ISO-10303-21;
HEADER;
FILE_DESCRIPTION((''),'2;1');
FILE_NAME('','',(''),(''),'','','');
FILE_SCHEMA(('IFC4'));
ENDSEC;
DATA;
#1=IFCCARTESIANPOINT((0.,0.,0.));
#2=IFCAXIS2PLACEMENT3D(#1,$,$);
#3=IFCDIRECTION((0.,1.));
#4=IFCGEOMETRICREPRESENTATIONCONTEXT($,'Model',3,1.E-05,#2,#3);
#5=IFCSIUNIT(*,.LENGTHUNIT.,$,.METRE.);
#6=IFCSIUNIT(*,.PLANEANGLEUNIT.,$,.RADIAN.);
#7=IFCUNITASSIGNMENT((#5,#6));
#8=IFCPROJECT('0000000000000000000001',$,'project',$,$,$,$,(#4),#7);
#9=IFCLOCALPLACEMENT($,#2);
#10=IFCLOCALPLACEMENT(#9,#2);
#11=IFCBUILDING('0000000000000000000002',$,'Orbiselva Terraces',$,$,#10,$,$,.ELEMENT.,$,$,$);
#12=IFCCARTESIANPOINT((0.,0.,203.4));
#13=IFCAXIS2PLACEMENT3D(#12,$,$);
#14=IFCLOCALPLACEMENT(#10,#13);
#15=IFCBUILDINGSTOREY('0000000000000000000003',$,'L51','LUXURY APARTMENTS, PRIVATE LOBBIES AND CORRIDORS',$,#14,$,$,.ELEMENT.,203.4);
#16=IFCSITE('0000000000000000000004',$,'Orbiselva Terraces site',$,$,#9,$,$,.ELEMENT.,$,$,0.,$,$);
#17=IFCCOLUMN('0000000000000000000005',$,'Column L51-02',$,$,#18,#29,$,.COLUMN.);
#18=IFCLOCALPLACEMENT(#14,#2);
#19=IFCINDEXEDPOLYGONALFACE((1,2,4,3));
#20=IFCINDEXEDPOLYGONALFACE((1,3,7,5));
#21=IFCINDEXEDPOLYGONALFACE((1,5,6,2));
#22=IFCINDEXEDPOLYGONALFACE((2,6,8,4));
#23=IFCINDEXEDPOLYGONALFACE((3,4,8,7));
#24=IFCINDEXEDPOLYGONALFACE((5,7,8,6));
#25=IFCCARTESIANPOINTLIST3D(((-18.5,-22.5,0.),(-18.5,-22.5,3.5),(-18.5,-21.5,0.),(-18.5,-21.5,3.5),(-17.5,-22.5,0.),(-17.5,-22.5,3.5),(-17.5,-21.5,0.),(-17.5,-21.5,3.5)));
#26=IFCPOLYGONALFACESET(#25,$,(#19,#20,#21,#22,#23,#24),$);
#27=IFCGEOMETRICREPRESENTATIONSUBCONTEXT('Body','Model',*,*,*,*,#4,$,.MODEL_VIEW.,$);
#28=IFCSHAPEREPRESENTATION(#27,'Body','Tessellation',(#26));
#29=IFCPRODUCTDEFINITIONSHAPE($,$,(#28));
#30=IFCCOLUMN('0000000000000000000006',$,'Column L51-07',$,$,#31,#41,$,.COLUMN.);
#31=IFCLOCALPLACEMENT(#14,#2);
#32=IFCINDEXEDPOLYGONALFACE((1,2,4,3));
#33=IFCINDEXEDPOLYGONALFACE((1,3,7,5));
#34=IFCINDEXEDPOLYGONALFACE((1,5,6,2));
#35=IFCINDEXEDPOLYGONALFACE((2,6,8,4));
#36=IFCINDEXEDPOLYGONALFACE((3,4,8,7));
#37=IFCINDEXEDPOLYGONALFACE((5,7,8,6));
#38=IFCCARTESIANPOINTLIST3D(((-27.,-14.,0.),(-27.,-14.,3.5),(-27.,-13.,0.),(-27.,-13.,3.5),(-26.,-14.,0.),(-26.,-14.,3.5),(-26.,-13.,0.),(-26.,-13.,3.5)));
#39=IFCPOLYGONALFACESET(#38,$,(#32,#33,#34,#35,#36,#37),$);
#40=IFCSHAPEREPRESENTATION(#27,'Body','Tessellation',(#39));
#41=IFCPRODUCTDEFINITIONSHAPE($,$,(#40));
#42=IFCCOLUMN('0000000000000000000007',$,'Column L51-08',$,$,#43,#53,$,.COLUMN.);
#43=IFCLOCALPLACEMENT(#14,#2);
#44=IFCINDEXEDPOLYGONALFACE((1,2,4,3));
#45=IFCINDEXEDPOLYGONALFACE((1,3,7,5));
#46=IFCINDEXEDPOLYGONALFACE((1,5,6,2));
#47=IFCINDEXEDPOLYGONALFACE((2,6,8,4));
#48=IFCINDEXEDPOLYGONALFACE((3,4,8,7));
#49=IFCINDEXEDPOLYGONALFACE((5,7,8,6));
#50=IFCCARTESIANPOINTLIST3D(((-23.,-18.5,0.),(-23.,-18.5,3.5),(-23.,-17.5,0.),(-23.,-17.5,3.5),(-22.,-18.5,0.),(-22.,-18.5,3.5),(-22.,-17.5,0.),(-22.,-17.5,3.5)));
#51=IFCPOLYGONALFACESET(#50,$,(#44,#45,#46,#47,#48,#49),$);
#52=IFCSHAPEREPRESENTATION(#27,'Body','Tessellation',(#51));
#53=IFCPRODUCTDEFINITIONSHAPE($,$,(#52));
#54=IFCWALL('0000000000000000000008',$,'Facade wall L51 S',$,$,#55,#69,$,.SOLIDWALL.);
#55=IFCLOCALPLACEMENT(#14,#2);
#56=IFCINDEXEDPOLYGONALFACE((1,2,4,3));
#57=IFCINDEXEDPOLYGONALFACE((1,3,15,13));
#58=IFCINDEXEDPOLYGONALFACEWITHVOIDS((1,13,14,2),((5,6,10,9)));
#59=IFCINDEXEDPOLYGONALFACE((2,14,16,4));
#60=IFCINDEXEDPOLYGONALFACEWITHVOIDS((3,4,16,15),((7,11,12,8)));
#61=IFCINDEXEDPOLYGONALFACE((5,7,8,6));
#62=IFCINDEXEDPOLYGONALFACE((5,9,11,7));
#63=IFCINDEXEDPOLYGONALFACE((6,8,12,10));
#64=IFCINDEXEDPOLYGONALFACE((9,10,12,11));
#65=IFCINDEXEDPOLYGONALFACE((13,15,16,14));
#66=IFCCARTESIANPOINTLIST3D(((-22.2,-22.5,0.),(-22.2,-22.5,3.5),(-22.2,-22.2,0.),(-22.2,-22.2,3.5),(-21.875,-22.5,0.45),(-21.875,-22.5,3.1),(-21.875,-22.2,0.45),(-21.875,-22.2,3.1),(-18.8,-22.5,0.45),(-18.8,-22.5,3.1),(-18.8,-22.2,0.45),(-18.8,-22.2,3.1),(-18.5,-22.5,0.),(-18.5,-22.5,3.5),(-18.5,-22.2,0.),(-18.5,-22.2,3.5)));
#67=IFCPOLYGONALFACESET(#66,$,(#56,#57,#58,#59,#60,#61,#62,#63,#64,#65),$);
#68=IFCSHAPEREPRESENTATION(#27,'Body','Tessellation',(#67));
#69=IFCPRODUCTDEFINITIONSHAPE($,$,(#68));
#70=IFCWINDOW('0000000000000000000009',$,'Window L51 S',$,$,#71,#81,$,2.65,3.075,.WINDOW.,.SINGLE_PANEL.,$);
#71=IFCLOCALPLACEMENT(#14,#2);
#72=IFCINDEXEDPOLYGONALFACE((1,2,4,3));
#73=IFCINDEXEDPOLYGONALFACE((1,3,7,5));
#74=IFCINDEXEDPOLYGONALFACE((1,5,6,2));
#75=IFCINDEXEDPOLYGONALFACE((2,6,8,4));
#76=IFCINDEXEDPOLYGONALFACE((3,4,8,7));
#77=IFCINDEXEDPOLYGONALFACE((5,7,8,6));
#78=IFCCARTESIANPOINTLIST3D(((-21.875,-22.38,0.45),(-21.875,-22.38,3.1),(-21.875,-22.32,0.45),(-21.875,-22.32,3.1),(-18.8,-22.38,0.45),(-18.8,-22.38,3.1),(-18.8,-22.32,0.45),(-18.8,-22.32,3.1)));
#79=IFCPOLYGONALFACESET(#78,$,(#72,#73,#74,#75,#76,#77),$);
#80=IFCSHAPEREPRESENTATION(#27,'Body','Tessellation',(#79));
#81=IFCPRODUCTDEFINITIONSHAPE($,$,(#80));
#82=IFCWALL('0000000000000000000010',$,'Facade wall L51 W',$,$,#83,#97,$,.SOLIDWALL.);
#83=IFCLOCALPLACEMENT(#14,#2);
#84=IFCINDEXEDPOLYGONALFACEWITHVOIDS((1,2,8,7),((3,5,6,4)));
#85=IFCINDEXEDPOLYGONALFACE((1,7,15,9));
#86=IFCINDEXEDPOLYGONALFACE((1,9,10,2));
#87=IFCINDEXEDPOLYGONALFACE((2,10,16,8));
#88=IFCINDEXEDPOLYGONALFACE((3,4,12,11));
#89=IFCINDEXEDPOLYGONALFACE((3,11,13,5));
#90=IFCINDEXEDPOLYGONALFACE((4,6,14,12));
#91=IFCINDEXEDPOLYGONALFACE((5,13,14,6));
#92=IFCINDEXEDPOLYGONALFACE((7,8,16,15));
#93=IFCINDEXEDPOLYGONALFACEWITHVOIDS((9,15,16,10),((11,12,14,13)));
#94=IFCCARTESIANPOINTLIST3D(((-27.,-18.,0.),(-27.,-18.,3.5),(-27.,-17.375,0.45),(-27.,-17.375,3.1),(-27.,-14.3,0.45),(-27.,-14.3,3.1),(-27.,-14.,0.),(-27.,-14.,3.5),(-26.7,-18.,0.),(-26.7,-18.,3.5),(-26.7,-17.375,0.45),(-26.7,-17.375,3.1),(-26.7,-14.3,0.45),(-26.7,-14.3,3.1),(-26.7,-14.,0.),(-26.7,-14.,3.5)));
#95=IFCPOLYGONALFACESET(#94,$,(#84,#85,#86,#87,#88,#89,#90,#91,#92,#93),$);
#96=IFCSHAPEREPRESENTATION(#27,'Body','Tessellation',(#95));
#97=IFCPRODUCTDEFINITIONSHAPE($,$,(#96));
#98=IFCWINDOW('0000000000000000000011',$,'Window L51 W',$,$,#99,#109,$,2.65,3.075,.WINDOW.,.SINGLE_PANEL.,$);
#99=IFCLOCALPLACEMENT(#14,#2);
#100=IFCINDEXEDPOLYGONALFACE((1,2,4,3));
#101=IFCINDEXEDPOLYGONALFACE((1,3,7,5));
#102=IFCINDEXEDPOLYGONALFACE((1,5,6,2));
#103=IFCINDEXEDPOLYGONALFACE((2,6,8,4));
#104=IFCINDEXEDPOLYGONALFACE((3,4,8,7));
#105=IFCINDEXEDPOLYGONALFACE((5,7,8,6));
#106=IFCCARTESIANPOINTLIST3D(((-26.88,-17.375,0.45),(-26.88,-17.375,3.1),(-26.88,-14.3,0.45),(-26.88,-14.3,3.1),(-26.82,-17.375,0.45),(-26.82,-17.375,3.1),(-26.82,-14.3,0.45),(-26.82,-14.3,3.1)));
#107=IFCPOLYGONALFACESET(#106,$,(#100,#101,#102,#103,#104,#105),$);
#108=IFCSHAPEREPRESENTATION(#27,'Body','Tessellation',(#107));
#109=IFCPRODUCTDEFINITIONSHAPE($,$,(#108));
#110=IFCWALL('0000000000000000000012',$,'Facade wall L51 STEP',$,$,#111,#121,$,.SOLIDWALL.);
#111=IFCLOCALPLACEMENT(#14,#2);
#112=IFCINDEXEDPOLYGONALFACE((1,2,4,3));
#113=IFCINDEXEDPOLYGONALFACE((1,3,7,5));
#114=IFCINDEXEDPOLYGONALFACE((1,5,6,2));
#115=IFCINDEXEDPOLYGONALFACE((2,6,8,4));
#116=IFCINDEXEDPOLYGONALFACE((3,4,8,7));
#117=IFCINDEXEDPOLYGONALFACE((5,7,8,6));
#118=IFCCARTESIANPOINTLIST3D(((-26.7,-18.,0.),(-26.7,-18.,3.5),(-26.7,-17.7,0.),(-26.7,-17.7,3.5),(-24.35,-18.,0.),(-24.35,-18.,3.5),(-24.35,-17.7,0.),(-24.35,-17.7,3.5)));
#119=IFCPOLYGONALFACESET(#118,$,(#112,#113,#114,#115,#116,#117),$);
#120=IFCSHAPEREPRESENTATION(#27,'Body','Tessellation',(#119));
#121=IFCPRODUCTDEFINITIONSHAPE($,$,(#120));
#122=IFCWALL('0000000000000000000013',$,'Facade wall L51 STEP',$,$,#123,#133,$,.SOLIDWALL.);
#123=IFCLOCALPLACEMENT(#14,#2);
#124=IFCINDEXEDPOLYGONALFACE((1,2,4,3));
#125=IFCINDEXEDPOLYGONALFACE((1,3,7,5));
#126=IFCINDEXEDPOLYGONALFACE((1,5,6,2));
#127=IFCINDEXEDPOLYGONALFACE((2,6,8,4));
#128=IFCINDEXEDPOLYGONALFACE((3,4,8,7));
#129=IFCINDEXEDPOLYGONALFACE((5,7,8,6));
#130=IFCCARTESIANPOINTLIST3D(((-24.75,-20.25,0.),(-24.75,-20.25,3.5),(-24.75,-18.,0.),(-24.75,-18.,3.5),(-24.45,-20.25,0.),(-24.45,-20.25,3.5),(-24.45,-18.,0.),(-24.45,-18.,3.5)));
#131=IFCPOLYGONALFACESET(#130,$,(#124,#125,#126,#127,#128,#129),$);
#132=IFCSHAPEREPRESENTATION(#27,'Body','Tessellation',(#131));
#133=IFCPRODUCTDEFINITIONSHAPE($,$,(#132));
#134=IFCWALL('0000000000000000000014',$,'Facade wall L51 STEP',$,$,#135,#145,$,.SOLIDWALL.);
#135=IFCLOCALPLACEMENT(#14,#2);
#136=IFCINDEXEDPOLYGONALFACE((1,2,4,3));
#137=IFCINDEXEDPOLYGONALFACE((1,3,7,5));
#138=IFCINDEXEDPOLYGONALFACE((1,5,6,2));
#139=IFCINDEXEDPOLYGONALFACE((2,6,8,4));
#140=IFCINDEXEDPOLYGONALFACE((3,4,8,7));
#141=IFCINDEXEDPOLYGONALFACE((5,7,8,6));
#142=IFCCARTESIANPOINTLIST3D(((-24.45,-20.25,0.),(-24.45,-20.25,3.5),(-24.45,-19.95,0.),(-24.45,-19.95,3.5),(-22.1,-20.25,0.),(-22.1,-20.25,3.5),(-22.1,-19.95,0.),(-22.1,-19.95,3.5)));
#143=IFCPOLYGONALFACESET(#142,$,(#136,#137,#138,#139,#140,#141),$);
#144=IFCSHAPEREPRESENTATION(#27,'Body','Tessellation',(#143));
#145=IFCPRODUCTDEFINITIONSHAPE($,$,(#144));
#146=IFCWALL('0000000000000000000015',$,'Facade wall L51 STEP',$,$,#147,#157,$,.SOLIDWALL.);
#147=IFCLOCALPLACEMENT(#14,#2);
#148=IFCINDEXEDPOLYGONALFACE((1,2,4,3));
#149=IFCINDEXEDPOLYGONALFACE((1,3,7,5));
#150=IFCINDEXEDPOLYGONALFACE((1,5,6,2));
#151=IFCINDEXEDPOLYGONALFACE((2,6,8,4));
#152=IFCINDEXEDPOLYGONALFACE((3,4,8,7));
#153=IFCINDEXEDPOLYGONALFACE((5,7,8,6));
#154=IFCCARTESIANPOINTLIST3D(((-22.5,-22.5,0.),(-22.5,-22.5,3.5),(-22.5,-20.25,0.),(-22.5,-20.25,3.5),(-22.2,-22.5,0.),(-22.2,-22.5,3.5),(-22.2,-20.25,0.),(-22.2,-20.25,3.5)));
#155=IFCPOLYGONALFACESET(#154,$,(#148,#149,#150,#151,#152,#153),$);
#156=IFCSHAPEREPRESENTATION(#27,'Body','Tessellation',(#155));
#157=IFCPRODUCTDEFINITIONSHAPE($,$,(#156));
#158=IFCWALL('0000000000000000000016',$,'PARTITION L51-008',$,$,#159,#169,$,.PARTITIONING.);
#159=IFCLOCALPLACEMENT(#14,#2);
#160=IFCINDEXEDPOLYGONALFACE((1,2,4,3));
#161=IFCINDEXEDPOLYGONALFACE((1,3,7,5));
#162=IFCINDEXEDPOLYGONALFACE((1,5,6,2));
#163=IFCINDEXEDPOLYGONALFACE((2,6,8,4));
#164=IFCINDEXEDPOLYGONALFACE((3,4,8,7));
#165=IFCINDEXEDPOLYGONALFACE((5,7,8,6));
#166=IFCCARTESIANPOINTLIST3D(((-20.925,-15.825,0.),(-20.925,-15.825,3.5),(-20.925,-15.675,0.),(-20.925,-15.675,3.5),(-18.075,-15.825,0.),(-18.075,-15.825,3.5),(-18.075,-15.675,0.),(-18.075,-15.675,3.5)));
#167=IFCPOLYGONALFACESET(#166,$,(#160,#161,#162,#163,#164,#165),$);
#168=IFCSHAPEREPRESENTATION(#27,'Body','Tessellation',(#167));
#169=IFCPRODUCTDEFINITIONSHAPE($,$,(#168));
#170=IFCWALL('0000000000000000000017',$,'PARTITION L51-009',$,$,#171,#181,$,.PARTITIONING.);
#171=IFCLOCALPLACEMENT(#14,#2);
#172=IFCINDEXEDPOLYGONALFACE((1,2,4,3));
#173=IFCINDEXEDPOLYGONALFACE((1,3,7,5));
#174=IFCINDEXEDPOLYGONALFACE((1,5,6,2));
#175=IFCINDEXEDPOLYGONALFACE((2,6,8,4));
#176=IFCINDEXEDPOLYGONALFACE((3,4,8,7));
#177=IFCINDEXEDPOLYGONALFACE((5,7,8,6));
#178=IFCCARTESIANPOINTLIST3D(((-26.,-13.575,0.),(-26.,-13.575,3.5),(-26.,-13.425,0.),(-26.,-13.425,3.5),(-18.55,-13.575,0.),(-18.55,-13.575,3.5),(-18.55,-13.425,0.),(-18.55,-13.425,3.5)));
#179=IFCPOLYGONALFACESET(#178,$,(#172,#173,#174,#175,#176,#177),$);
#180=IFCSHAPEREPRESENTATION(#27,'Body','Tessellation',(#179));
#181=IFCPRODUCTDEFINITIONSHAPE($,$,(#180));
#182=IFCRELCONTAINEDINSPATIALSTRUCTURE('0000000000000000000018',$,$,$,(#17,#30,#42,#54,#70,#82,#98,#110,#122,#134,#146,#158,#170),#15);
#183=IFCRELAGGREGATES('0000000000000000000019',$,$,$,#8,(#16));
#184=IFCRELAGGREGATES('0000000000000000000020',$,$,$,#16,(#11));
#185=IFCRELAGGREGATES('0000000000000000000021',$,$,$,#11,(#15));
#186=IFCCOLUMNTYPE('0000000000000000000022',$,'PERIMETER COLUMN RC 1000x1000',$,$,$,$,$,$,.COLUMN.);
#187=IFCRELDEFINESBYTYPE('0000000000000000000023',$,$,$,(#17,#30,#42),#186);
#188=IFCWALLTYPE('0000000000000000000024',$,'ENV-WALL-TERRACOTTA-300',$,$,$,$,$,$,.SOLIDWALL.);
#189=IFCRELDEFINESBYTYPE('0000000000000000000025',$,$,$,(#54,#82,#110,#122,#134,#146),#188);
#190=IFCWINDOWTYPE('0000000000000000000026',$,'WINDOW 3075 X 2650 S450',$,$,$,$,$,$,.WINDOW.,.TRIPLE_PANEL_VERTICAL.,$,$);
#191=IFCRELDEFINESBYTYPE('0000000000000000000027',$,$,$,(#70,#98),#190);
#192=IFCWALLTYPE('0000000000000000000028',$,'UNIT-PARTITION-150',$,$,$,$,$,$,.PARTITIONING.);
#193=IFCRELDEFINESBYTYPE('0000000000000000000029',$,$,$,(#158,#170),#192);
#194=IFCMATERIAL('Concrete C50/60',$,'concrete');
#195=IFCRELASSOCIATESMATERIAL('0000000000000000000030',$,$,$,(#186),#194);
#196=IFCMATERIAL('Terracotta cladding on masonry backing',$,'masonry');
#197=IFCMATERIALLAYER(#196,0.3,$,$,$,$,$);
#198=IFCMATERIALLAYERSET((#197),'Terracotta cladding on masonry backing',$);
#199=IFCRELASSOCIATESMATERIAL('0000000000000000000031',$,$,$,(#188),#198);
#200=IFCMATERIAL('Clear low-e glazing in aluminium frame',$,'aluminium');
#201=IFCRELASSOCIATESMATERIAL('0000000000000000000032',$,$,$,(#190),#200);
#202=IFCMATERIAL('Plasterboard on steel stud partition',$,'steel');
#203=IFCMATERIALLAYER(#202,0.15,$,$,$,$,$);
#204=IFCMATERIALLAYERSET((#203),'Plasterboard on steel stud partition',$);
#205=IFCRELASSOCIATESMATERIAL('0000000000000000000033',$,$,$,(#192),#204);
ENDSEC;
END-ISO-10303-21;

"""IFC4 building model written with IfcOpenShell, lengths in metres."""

from ifc_helpers import new_model, si_unit, direction, frame, frame_2d, origin, origin_2d, place, context, subcontext, project, spatial, rectangle, extrude, material, layer, layer_set, material_profile, profile_set, type_object, element, fill, save


model = new_model("IFC4")

# Units and contexts
model_context = context("Model", 3, precision=1e-05, world=origin(), true_north=direction((0.0, 1.0)))
body_context = subcontext(model_context, "Body", "Model", "MODEL_VIEW")
ifc_project = project(units=[si_unit("LENGTHUNIT", "METRE"), si_unit("PLANEANGLEUNIT", "RADIAN")], contexts=[model_context])

# Site, building, storey
site_placement = place(None, origin())
site = spatial("IfcSite", under=ifc_project, at=site_placement, Name="Orbiselva Terraces site", CompositionType="ELEMENT", RefElevation=0.0)
building_placement = place(site_placement, origin())
building = spatial("IfcBuilding", under=site, at=building_placement, Name="Orbiselva Terraces", CompositionType="ELEMENT")
storey_placement = place(building_placement, frame((0.0, 0.0, 203.4)))
storey = spatial("IfcBuildingStorey", under=building, at=storey_placement, Name="L51", Description="LUXURY APARTMENTS, PRIVATE LOBBIES AND CORRIDORS", CompositionType="ELEMENT", Elevation=203.4)

# Columns
ifc_material_1 = material(Name="Concrete C50/60", Category="concrete")
ifc_material_profile = material_profile(ifc_material_1, rectangle(XDim=1.0, YDim=1.0, at=origin_2d()), Name="RC 1000x1000")
ifc_profile_set = profile_set([ifc_material_profile], Name="Concrete C50/60")
column_type = type_object("IfcColumnType", Name="PERIMETER COLUMN RC 1000x1000", PredefinedType="COLUMN", material=ifc_profile_set)
for number, where, z_axis, x_axis, name in (
    (1, (-18.0, -22.0, 0.0), (0.0, 0.0, 1.0), (1.0, 0.0, 0.0), "Column L51-02"),
    (2, (-26.5, -13.5, 0.0), (0.0, 0.0, 1.0), (1.0, 0.0, 0.0), "Column L51-07"),
    (3, (-22.5, -18.0, 0.0), (0.0, 0.0, 1.0), (1.0, 0.0, 0.0), "Column L51-08"),
):
    element("IfcColumn", number, at=place(storey_placement, frame(where, z_axis=z_axis, x_axis=x_axis)), inside=storey, type_object=column_type, Name=name, PredefinedType="COLUMN", context=body_context, shape_type="SweptSolid", body=[
        extrude(rectangle(XDim=1.0, YDim=1.0, at=origin_2d()), origin(), (0.0, 0.0, 1.0), 3.5),
    ])

# Walls, openings, windows
ifc_material_2 = material(Name="Terracotta cladding on masonry backing", Category="masonry")
ifc_layer_1 = layer(ifc_material_2, 0.3)
ifc_layer_set_1 = layer_set([ifc_layer_1], Name="Terracotta cladding on masonry backing")
wall_type_1 = type_object("IfcWallType", Name="ENV-WALL-TERRACOTTA-300", PredefinedType="SOLIDWALL", material=ifc_layer_set_1)
wall_1_placement = place(storey_placement, frame((-18.5, -22.35, 0.0), z_axis=(0.0, 0.0, 1.0), x_axis=(-1.0, 0.0, 0.0)))
wall_1 = element("IfcWall", 4, at=wall_1_placement, inside=storey, type_object=wall_type_1, Name="Facade wall L51 S", PredefinedType="SOLIDWALL", context=body_context, shape_type="SweptSolid", body=[
    extrude(rectangle(XDim=3.7, YDim=0.3, at=frame_2d((1.85, 0.0))), origin(), (0.0, 0.0, 1.0), 3.5),
])
opening_1_placement = place(wall_1_placement, frame((0.3, 0.0, 0.45)))
opening_1 = element("IfcOpeningElement", 5, at=opening_1_placement, cuts=wall_1, PredefinedType="OPENING", context=body_context, shape_type="SweptSolid", body=[
    extrude(rectangle(XDim=3.075, YDim=2.65, at=frame_2d((1.5375, 1.325))), frame((0.0, 0.16, 0.0), z_axis=(0.0, -1.0, 0.0), x_axis=(1.0, 0.0, 0.0)), (0.0, 0.0, 1.0), 0.32),
])
ifc_material_3 = material(Name="Clear low-e glazing in aluminium frame", Category="aluminium")
window_type = type_object("IfcWindowType", Name="WINDOW 3075 X 2650 S450", PartitioningType="TRIPLE_PANEL_VERTICAL", PredefinedType="WINDOW", material=ifc_material_3)
window_1_placement = place(opening_1_placement, origin())
window_1 = element("IfcWindow", 6, at=window_1_placement, inside=storey, type_object=window_type, Name="Window L51 S", OverallHeight=2.65, OverallWidth=3.075, PartitioningType="SINGLE_PANEL", PredefinedType="WINDOW", context=body_context, shape_type="SweptSolid", body=[
    extrude(rectangle(XDim=3.075, YDim=2.65, at=frame_2d((1.5375, 1.325))), frame((0.0, 0.03, 0.0), z_axis=(0.0, -1.0, 0.0), x_axis=(1.0, 0.0, 0.0)), (0.0, 0.0, 1.0), 0.06),
])
fill(opening_1, window_1)
wall_2_placement = place(storey_placement, frame((-26.85, -18.0, 0.0), z_axis=(0.0, 0.0, 1.0), x_axis=(0.0, 1.0, 0.0)))
wall_2 = element("IfcWall", 7, at=wall_2_placement, inside=storey, type_object=wall_type_1, Name="Facade wall L51 W", PredefinedType="SOLIDWALL", context=body_context, shape_type="SweptSolid", body=[
    extrude(rectangle(XDim=4.0, YDim=0.3, at=frame_2d((2.0, 0.0))), origin(), (0.0, 0.0, 1.0), 3.5),
])
opening_2_placement = place(wall_2_placement, frame((0.625, 0.0, 0.45)))
opening_2 = element("IfcOpeningElement", 8, at=opening_2_placement, cuts=wall_2, PredefinedType="OPENING", context=body_context, shape_type="SweptSolid", body=[
    extrude(rectangle(XDim=3.075, YDim=2.65, at=frame_2d((1.5375, 1.325))), frame((0.0, 0.16, 0.0), z_axis=(0.0, -1.0, 0.0), x_axis=(1.0, 0.0, 0.0)), (0.0, 0.0, 1.0), 0.32),
])
window_2_placement = place(opening_2_placement, origin())
window_2 = element("IfcWindow", 9, at=window_2_placement, inside=storey, type_object=window_type, Name="Window L51 W", OverallHeight=2.65, OverallWidth=3.075, PartitioningType="SINGLE_PANEL", PredefinedType="WINDOW", context=body_context, shape_type="SweptSolid", body=[
    extrude(rectangle(XDim=3.075, YDim=2.65, at=frame_2d((1.5375, 1.325))), frame((0.0, 0.03, 0.0), z_axis=(0.0, -1.0, 0.0), x_axis=(1.0, 0.0, 0.0)), (0.0, 0.0, 1.0), 0.06),
])
fill(opening_2, window_2)

# Walls
wall_3_placement = place(storey_placement, frame((-24.35, -17.85, 0.0), z_axis=(0.0, 0.0, 1.0), x_axis=(-1.0, 0.0, 0.0)))
element("IfcWall", 10, at=wall_3_placement, inside=storey, type_object=wall_type_1, Name="Facade wall L51 STEP", PredefinedType="SOLIDWALL", context=body_context, shape_type="SweptSolid", body=[
    extrude(rectangle(XDim=2.35, YDim=0.3, at=frame_2d((1.175, 0.0))), origin(), (0.0, 0.0, 1.0), 3.5),
])
wall_4_placement = place(storey_placement, frame((-24.6, -20.25, 0.0), z_axis=(0.0, 0.0, 1.0), x_axis=(0.0, 1.0, 0.0)))
element("IfcWall", 11, at=wall_4_placement, inside=storey, type_object=wall_type_1, Name="Facade wall L51 STEP", PredefinedType="SOLIDWALL", context=body_context, shape_type="SweptSolid", body=[
    extrude(rectangle(XDim=2.25, YDim=0.3, at=frame_2d((1.125, 0.0))), origin(), (0.0, 0.0, 1.0), 3.5),
])
wall_5_placement = place(storey_placement, frame((-22.1, -20.1, 0.0), z_axis=(0.0, 0.0, 1.0), x_axis=(-1.0, 0.0, 0.0)))
element("IfcWall", 12, at=wall_5_placement, inside=storey, type_object=wall_type_1, Name="Facade wall L51 STEP", PredefinedType="SOLIDWALL", context=body_context, shape_type="SweptSolid", body=[
    extrude(rectangle(XDim=2.35, YDim=0.3, at=frame_2d((1.175, 0.0))), origin(), (0.0, 0.0, 1.0), 3.5),
])
wall_6_placement = place(storey_placement, frame((-22.35, -22.5, 0.0), z_axis=(0.0, 0.0, 1.0), x_axis=(0.0, 1.0, 0.0)))
element("IfcWall", 13, at=wall_6_placement, inside=storey, type_object=wall_type_1, Name="Facade wall L51 STEP", PredefinedType="SOLIDWALL", context=body_context, shape_type="SweptSolid", body=[
    extrude(rectangle(XDim=2.25, YDim=0.3, at=frame_2d((1.125, 0.0))), origin(), (0.0, 0.0, 1.0), 3.5),
])
ifc_material_4 = material(Name="Plasterboard on steel stud partition", Category="steel")
ifc_layer_2 = layer(ifc_material_4, 0.15)
ifc_layer_set_2 = layer_set([ifc_layer_2], Name="Plasterboard on steel stud partition")
wall_type_2 = type_object("IfcWallType", Name="UNIT-PARTITION-150", PredefinedType="PARTITIONING", material=ifc_layer_set_2)
wall_7_placement = place(storey_placement, frame((-20.925, -15.75, 0.0), z_axis=(0.0, 0.0, 1.0), x_axis=(1.0, 0.0, 0.0)))
element("IfcWall", 14, at=wall_7_placement, inside=storey, type_object=wall_type_2, Name="PARTITION L51-008", PredefinedType="PARTITIONING", context=body_context, shape_type="SweptSolid", body=[
    extrude(rectangle(XDim=2.85, YDim=0.15, at=frame_2d((1.425, 0.0))), origin(), (0.0, 0.0, 1.0), 3.5),
])
wall_8_placement = place(storey_placement, frame((-26.0, -13.5, 0.0), z_axis=(0.0, 0.0, 1.0), x_axis=(1.0, 0.0, 0.0)))
element("IfcWall", 15, at=wall_8_placement, inside=storey, type_object=wall_type_2, Name="PARTITION L51-009", PredefinedType="PARTITIONING", context=body_context, shape_type="SweptSolid", body=[
    extrude(rectangle(XDim=7.45, YDim=0.15, at=frame_2d((3.725, 0.0))), origin(), (0.0, 0.0, 1.0), 3.5),
])

save(model, "model.ifc")
